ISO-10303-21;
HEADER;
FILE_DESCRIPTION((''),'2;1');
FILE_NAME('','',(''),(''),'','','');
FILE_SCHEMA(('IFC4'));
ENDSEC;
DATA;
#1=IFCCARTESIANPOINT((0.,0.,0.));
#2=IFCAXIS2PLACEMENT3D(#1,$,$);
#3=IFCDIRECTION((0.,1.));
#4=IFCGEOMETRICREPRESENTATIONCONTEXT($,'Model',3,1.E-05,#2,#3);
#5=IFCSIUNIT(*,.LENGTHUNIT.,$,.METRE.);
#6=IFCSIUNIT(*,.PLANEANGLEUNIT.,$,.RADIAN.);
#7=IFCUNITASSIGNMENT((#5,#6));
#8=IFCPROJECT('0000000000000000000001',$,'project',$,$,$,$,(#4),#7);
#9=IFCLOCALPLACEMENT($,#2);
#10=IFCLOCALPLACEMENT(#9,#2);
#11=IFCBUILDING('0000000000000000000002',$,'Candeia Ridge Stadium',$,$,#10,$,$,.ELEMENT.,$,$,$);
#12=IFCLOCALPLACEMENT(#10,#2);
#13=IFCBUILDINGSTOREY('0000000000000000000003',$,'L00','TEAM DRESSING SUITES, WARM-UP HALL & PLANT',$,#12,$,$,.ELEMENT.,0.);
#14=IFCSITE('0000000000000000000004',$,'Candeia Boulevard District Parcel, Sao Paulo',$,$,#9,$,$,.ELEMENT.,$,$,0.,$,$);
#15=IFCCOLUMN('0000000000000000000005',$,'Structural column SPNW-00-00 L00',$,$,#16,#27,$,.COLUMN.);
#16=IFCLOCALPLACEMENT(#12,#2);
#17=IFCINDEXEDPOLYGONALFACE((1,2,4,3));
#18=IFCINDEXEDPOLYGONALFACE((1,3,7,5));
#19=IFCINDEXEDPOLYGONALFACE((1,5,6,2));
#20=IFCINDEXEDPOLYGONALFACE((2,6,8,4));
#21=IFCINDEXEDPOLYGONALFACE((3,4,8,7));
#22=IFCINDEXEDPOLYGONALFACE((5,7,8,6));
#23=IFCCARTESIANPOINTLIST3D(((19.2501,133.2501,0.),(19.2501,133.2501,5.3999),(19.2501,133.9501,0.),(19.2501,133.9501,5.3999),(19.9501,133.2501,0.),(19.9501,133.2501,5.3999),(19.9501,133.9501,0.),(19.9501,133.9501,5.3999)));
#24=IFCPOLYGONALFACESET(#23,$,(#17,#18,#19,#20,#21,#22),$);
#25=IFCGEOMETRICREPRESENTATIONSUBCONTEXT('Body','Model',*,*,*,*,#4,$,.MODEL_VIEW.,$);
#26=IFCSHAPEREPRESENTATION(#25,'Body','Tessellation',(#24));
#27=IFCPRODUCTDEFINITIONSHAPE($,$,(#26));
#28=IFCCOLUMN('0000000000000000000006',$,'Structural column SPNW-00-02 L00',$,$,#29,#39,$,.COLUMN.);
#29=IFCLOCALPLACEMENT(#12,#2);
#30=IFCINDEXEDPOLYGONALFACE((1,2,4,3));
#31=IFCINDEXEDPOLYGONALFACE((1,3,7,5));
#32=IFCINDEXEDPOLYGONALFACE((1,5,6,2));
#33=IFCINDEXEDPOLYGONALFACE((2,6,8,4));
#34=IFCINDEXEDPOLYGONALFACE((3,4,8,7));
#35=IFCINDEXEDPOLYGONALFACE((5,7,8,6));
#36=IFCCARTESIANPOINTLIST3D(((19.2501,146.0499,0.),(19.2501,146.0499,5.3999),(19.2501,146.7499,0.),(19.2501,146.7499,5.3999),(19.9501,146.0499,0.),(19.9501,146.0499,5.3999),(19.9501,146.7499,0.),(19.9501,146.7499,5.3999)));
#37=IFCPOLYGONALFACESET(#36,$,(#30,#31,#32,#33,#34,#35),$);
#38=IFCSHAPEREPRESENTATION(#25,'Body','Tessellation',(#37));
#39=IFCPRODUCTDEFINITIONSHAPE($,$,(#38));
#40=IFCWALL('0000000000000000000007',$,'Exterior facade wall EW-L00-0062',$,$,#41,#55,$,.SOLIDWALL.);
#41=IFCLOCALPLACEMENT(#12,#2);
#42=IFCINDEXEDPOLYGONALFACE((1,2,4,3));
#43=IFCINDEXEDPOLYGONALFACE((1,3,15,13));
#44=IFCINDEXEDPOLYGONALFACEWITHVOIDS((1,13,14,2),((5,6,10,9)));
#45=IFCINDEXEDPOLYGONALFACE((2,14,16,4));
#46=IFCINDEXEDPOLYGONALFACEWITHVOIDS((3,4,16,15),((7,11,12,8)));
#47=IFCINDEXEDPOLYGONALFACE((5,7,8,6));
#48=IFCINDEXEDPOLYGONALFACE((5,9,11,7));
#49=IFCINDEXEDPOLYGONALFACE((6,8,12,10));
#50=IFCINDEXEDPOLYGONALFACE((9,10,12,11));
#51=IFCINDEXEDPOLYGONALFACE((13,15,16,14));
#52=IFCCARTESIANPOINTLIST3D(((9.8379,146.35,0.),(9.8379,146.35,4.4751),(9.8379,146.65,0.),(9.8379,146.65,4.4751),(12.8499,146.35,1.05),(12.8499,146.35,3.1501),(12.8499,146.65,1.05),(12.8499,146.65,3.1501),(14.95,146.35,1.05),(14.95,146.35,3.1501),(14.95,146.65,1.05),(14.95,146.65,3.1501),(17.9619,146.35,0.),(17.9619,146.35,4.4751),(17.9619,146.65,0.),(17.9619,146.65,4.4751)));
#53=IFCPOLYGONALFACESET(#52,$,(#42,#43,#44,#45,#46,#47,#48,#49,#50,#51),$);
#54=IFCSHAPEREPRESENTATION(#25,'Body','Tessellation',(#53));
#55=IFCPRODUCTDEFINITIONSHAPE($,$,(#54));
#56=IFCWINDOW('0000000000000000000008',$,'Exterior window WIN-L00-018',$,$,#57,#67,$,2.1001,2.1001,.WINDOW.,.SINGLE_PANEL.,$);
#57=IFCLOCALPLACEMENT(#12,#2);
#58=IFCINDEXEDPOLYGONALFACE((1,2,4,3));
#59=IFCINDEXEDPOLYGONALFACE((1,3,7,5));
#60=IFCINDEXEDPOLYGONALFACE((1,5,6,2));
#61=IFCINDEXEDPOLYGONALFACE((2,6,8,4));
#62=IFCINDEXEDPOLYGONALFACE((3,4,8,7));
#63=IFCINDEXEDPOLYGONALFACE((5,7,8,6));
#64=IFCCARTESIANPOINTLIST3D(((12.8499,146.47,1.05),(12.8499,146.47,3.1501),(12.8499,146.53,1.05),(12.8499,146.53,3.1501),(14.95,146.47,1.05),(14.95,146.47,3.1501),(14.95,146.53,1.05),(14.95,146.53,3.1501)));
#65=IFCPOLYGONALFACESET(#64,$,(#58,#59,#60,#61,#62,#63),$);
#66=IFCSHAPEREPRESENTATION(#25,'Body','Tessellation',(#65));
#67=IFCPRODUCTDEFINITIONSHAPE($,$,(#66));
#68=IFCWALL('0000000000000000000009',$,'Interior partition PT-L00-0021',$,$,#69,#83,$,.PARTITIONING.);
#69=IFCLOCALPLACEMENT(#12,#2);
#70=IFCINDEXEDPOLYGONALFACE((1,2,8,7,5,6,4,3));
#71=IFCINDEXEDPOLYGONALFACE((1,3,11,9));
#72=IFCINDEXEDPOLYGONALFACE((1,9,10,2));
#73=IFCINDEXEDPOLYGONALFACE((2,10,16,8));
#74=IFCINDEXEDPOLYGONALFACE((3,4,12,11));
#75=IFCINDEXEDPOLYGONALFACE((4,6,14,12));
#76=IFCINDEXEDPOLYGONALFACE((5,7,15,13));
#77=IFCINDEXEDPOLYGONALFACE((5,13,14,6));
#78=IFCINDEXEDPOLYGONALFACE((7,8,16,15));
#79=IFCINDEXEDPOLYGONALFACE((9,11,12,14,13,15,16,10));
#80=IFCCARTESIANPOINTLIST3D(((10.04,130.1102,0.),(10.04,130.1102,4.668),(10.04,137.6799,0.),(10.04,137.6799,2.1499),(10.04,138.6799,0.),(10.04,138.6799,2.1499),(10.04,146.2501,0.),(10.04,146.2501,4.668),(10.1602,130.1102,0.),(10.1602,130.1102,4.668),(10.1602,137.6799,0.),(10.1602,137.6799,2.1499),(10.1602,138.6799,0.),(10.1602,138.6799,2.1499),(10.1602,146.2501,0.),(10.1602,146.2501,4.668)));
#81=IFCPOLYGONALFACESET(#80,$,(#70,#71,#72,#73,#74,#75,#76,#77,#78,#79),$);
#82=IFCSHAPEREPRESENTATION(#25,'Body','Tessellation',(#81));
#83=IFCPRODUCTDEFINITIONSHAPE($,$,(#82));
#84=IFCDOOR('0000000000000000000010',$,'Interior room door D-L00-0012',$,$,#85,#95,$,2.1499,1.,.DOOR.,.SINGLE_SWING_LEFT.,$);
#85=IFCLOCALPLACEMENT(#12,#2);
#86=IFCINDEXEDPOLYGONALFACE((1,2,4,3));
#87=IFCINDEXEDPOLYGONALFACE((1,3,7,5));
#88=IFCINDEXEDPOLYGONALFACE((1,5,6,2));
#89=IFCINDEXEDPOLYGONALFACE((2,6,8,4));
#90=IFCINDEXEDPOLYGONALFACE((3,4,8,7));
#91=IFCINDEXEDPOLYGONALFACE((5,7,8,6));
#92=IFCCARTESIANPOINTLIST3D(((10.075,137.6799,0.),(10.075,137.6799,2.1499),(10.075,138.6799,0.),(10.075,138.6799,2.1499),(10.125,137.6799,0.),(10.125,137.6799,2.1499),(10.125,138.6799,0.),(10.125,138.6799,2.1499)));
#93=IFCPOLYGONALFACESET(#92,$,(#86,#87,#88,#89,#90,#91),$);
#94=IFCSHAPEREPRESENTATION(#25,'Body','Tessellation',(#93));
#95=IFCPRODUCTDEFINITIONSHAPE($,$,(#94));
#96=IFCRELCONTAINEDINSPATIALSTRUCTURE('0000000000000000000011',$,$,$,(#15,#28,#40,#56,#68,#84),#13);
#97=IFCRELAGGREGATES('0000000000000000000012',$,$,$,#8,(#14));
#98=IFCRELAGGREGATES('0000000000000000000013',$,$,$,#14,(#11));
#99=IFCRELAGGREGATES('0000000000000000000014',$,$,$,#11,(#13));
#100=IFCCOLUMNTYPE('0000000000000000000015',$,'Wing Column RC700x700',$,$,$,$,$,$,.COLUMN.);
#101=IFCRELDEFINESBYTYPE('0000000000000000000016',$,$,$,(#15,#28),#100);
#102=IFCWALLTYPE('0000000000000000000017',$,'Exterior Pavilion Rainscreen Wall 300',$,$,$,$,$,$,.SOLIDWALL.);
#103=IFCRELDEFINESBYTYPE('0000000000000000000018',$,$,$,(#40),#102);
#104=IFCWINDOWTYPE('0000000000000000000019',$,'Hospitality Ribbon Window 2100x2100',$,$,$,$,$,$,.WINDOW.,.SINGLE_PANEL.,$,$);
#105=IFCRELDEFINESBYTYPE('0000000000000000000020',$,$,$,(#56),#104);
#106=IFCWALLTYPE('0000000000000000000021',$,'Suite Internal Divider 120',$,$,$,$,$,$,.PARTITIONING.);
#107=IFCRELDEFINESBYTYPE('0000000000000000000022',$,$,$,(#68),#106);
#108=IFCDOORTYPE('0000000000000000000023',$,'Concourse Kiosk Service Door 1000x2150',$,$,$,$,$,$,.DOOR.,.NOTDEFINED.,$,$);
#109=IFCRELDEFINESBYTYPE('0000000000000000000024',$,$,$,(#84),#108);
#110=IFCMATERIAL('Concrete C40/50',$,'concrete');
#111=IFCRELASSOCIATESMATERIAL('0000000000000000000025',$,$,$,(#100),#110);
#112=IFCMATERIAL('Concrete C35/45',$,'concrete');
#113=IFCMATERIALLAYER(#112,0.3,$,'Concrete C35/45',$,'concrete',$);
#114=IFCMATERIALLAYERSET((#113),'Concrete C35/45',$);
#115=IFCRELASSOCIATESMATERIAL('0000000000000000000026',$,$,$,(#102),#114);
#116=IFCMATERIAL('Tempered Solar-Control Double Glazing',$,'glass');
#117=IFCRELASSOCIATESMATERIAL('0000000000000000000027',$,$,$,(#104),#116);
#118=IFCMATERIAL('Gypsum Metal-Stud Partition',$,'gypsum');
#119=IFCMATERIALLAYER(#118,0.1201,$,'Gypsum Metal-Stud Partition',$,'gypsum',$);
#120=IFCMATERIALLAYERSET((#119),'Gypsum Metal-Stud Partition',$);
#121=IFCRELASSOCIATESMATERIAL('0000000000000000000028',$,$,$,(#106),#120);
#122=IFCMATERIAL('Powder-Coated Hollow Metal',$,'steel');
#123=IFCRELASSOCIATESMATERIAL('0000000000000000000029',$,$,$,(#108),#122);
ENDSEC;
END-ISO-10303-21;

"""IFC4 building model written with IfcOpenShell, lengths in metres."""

from ifc_helpers import new_model, si_unit, direction, frame, frame_2d, origin, origin_2d, place, context, subcontext, project, spatial, rectangle, extrude, material, layer, layer_set, material_profile, profile_set, type_object, element, fill, save


model = new_model("IFC4")

# Units and contexts
model_context = context("Model", 3, precision=1e-05, world=origin(), true_north=direction((0.0, 1.0)))
body_context = subcontext(model_context, "Body", "Model", "MODEL_VIEW")
ifc_project = project(units=[si_unit("LENGTHUNIT", "METRE"), si_unit("PLANEANGLEUNIT", "RADIAN")], contexts=[model_context])

# Site, building, storey
site_placement = place(None, origin())
site = spatial("IfcSite", under=ifc_project, at=site_placement, Name="Candeia Boulevard District Parcel, Sao Paulo", CompositionType="ELEMENT", RefElevation=0.0)
building_placement = place(site_placement, origin())
building = spatial("IfcBuilding", under=site, at=building_placement, Name="Candeia Ridge Stadium", CompositionType="ELEMENT")
storey_placement = place(building_placement, origin())
storey = spatial("IfcBuildingStorey", under=building, at=storey_placement, Name="L00", Description="TEAM DRESSING SUITES, WARM-UP HALL & PLANT", CompositionType="ELEMENT", Elevation=0.0)

# Shared definitions
ifc_material_1 = material(Name="Concrete C40/50", Category="concrete")

# Columns
ifc_material_profile_1 = material_profile(ifc_material_1, rectangle(XDim=0.7, YDim=0.7, at=origin_2d()), Name="RC700x700", Category="concrete")
ifc_profile_set_1 = profile_set([ifc_material_profile_1], Name="Concrete C40/50")
column_type_1 = type_object("IfcColumnType", Name="Wing Column RC700x700", PredefinedType="COLUMN", material=ifc_profile_set_1)
for number, where, z_axis, x_axis, name in (
    (1, (19.6001, 133.6001, 0.0), (0.0, 0.0, 1.0), (1.0, 0.0, 0.0), "Structural column SPNW-00-00 L00"),
    (2, (19.6001, 146.3999, 0.0), (0.0, 0.0, 1.0), (1.0, 0.0, 0.0), "Structural column SPNW-00-02 L00"),
):
    element("IfcColumn", number, at=place(storey_placement, frame(where, z_axis=z_axis, x_axis=x_axis)), inside=storey, type_object=column_type_1, Name=name, PredefinedType="COLUMN", context=body_context, shape_type="SweptSolid", body=[
        extrude(rectangle(XDim=0.7, YDim=0.7, at=origin_2d()), origin(), (0.0, 0.0, 1.0), 5.3999),
    ])

# Wall, opening, window
ifc_material_2 = material(Name="Concrete C35/45", Category="concrete")
ifc_layer_1 = layer(ifc_material_2, 0.3, Name="Concrete C35/45", Category="concrete")
ifc_layer_set_1 = layer_set([ifc_layer_1], Name="Concrete C35/45")
wall_type_1 = type_object("IfcWallType", Name="Exterior Pavilion Rainscreen Wall 300", PredefinedType="SOLIDWALL", material=ifc_layer_set_1)
wall_1_placement = place(storey_placement, frame((9.8379, 146.5, 0.0), z_axis=(0.0, 0.0, 1.0), x_axis=(1.0, 0.0, 0.0)))
wall_1 = element("IfcWall", 3, at=wall_1_placement, inside=storey, type_object=wall_type_1, Name="Exterior facade wall EW-L00-0062", PredefinedType="SOLIDWALL", context=body_context, shape_type="SweptSolid", body=[
    extrude(rectangle(XDim=8.124, YDim=0.3, at=frame_2d((4.062, 0.0))), origin(), (0.0, 0.0, 1.0), 4.4751),
])
opening_1_placement = place(wall_1_placement, frame((3.012, 0.0, 1.05)))
opening_1 = element("IfcOpeningElement", 4, at=opening_1_placement, cuts=wall_1, PredefinedType="OPENING", context=body_context, shape_type="SweptSolid", body=[
    extrude(rectangle(XDim=2.1001, YDim=2.1001, at=frame_2d((1.05, 1.05))), frame((0.0, 0.1599, 0.0), z_axis=(0.0, -1.0, 0.0), x_axis=(1.0, 0.0, 0.0)), (0.0, 0.0, 1.0), 0.3201),
])
ifc_material_3 = material(Name="Tempered Solar-Control Double Glazing", Category="glass")
window_type = type_object("IfcWindowType", Name="Hospitality Ribbon Window 2100x2100", PartitioningType="SINGLE_PANEL", PredefinedType="WINDOW", material=ifc_material_3)
window_placement = place(opening_1_placement, origin())
window = element("IfcWindow", 5, at=window_placement, inside=storey, type_object=window_type, Name="Exterior window WIN-L00-018", OverallHeight=2.1001, OverallWidth=2.1001, PartitioningType="SINGLE_PANEL", PredefinedType="WINDOW", context=body_context, shape_type="SweptSolid", body=[
    extrude(rectangle(XDim=2.1001, YDim=2.1001, at=frame_2d((1.05, 1.05))), frame((0.0, 0.03, 0.0), z_axis=(0.0, -1.0, 0.0), x_axis=(1.0, 0.0, 0.0)), (0.0, 0.0, 1.0), 0.0601),
])
fill(opening_1, window)

# Wall, opening, door
ifc_material_4 = material(Name="Gypsum Metal-Stud Partition", Category="gypsum")
ifc_layer_2 = layer(ifc_material_4, 0.1201, Name="Gypsum Metal-Stud Partition", Category="gypsum")
ifc_layer_set_2 = layer_set([ifc_layer_2], Name="Gypsum Metal-Stud Partition")
wall_type_2 = type_object("IfcWallType", Name="Suite Internal Divider 120", PredefinedType="PARTITIONING", material=ifc_layer_set_2)
wall_2_placement = place(storey_placement, frame((10.1001, 146.25, 0.0), z_axis=(0.0, 0.0, 1.0), x_axis=(0.0, -1.0, 0.0)))
wall_2 = element("IfcWall", 6, at=wall_2_placement, inside=storey, type_object=wall_type_2, Name="Interior partition PT-L00-0021", PredefinedType="PARTITIONING", context=body_context, shape_type="SweptSolid", body=[
    extrude(rectangle(XDim=16.1399, YDim=0.1201, at=frame_2d((8.0698, 0.0))), origin(), (0.0, 0.0, 1.0), 4.668),
])
opening_2_placement = place(wall_2_placement, frame((7.5701, 0.0, 0.0)))
opening_2 = element("IfcOpeningElement", 7, at=opening_2_placement, cuts=wall_2, PredefinedType="OPENING", context=body_context, shape_type="SweptSolid", body=[
    extrude(rectangle(XDim=1.0, YDim=2.1499, at=frame_2d((0.5, 1.075))), frame((0.0, 0.0701, 0.0), z_axis=(0.0, -1.0, 0.0), x_axis=(1.0, 0.0, 0.0)), (0.0, 0.0, 1.0), 0.1401),
])
ifc_material_5 = material(Name="Powder-Coated Hollow Metal", Category="steel")
door_type = type_object("IfcDoorType", Name="Concourse Kiosk Service Door 1000x2150", OperationType="NOTDEFINED", PredefinedType="DOOR", material=ifc_material_5)
door_placement = place(opening_2_placement, origin())
door = element("IfcDoor", 8, at=door_placement, inside=storey, type_object=door_type, Name="Interior room door D-L00-0012", OperationType="SINGLE_SWING_LEFT", OverallHeight=2.1499, OverallWidth=1.0, PredefinedType="DOOR", context=body_context, shape_type="SweptSolid", body=[
    extrude(rectangle(XDim=1.0, YDim=2.1499, at=frame_2d((0.5, 1.075))), frame((0.0, 0.0249, 0.0), z_axis=(0.0, -1.0, 0.0), x_axis=(1.0, 0.0, 0.0)), (0.0, 0.0, 1.0), 0.05),
])
fill(opening_2, door)

save(model, "model.ifc")
